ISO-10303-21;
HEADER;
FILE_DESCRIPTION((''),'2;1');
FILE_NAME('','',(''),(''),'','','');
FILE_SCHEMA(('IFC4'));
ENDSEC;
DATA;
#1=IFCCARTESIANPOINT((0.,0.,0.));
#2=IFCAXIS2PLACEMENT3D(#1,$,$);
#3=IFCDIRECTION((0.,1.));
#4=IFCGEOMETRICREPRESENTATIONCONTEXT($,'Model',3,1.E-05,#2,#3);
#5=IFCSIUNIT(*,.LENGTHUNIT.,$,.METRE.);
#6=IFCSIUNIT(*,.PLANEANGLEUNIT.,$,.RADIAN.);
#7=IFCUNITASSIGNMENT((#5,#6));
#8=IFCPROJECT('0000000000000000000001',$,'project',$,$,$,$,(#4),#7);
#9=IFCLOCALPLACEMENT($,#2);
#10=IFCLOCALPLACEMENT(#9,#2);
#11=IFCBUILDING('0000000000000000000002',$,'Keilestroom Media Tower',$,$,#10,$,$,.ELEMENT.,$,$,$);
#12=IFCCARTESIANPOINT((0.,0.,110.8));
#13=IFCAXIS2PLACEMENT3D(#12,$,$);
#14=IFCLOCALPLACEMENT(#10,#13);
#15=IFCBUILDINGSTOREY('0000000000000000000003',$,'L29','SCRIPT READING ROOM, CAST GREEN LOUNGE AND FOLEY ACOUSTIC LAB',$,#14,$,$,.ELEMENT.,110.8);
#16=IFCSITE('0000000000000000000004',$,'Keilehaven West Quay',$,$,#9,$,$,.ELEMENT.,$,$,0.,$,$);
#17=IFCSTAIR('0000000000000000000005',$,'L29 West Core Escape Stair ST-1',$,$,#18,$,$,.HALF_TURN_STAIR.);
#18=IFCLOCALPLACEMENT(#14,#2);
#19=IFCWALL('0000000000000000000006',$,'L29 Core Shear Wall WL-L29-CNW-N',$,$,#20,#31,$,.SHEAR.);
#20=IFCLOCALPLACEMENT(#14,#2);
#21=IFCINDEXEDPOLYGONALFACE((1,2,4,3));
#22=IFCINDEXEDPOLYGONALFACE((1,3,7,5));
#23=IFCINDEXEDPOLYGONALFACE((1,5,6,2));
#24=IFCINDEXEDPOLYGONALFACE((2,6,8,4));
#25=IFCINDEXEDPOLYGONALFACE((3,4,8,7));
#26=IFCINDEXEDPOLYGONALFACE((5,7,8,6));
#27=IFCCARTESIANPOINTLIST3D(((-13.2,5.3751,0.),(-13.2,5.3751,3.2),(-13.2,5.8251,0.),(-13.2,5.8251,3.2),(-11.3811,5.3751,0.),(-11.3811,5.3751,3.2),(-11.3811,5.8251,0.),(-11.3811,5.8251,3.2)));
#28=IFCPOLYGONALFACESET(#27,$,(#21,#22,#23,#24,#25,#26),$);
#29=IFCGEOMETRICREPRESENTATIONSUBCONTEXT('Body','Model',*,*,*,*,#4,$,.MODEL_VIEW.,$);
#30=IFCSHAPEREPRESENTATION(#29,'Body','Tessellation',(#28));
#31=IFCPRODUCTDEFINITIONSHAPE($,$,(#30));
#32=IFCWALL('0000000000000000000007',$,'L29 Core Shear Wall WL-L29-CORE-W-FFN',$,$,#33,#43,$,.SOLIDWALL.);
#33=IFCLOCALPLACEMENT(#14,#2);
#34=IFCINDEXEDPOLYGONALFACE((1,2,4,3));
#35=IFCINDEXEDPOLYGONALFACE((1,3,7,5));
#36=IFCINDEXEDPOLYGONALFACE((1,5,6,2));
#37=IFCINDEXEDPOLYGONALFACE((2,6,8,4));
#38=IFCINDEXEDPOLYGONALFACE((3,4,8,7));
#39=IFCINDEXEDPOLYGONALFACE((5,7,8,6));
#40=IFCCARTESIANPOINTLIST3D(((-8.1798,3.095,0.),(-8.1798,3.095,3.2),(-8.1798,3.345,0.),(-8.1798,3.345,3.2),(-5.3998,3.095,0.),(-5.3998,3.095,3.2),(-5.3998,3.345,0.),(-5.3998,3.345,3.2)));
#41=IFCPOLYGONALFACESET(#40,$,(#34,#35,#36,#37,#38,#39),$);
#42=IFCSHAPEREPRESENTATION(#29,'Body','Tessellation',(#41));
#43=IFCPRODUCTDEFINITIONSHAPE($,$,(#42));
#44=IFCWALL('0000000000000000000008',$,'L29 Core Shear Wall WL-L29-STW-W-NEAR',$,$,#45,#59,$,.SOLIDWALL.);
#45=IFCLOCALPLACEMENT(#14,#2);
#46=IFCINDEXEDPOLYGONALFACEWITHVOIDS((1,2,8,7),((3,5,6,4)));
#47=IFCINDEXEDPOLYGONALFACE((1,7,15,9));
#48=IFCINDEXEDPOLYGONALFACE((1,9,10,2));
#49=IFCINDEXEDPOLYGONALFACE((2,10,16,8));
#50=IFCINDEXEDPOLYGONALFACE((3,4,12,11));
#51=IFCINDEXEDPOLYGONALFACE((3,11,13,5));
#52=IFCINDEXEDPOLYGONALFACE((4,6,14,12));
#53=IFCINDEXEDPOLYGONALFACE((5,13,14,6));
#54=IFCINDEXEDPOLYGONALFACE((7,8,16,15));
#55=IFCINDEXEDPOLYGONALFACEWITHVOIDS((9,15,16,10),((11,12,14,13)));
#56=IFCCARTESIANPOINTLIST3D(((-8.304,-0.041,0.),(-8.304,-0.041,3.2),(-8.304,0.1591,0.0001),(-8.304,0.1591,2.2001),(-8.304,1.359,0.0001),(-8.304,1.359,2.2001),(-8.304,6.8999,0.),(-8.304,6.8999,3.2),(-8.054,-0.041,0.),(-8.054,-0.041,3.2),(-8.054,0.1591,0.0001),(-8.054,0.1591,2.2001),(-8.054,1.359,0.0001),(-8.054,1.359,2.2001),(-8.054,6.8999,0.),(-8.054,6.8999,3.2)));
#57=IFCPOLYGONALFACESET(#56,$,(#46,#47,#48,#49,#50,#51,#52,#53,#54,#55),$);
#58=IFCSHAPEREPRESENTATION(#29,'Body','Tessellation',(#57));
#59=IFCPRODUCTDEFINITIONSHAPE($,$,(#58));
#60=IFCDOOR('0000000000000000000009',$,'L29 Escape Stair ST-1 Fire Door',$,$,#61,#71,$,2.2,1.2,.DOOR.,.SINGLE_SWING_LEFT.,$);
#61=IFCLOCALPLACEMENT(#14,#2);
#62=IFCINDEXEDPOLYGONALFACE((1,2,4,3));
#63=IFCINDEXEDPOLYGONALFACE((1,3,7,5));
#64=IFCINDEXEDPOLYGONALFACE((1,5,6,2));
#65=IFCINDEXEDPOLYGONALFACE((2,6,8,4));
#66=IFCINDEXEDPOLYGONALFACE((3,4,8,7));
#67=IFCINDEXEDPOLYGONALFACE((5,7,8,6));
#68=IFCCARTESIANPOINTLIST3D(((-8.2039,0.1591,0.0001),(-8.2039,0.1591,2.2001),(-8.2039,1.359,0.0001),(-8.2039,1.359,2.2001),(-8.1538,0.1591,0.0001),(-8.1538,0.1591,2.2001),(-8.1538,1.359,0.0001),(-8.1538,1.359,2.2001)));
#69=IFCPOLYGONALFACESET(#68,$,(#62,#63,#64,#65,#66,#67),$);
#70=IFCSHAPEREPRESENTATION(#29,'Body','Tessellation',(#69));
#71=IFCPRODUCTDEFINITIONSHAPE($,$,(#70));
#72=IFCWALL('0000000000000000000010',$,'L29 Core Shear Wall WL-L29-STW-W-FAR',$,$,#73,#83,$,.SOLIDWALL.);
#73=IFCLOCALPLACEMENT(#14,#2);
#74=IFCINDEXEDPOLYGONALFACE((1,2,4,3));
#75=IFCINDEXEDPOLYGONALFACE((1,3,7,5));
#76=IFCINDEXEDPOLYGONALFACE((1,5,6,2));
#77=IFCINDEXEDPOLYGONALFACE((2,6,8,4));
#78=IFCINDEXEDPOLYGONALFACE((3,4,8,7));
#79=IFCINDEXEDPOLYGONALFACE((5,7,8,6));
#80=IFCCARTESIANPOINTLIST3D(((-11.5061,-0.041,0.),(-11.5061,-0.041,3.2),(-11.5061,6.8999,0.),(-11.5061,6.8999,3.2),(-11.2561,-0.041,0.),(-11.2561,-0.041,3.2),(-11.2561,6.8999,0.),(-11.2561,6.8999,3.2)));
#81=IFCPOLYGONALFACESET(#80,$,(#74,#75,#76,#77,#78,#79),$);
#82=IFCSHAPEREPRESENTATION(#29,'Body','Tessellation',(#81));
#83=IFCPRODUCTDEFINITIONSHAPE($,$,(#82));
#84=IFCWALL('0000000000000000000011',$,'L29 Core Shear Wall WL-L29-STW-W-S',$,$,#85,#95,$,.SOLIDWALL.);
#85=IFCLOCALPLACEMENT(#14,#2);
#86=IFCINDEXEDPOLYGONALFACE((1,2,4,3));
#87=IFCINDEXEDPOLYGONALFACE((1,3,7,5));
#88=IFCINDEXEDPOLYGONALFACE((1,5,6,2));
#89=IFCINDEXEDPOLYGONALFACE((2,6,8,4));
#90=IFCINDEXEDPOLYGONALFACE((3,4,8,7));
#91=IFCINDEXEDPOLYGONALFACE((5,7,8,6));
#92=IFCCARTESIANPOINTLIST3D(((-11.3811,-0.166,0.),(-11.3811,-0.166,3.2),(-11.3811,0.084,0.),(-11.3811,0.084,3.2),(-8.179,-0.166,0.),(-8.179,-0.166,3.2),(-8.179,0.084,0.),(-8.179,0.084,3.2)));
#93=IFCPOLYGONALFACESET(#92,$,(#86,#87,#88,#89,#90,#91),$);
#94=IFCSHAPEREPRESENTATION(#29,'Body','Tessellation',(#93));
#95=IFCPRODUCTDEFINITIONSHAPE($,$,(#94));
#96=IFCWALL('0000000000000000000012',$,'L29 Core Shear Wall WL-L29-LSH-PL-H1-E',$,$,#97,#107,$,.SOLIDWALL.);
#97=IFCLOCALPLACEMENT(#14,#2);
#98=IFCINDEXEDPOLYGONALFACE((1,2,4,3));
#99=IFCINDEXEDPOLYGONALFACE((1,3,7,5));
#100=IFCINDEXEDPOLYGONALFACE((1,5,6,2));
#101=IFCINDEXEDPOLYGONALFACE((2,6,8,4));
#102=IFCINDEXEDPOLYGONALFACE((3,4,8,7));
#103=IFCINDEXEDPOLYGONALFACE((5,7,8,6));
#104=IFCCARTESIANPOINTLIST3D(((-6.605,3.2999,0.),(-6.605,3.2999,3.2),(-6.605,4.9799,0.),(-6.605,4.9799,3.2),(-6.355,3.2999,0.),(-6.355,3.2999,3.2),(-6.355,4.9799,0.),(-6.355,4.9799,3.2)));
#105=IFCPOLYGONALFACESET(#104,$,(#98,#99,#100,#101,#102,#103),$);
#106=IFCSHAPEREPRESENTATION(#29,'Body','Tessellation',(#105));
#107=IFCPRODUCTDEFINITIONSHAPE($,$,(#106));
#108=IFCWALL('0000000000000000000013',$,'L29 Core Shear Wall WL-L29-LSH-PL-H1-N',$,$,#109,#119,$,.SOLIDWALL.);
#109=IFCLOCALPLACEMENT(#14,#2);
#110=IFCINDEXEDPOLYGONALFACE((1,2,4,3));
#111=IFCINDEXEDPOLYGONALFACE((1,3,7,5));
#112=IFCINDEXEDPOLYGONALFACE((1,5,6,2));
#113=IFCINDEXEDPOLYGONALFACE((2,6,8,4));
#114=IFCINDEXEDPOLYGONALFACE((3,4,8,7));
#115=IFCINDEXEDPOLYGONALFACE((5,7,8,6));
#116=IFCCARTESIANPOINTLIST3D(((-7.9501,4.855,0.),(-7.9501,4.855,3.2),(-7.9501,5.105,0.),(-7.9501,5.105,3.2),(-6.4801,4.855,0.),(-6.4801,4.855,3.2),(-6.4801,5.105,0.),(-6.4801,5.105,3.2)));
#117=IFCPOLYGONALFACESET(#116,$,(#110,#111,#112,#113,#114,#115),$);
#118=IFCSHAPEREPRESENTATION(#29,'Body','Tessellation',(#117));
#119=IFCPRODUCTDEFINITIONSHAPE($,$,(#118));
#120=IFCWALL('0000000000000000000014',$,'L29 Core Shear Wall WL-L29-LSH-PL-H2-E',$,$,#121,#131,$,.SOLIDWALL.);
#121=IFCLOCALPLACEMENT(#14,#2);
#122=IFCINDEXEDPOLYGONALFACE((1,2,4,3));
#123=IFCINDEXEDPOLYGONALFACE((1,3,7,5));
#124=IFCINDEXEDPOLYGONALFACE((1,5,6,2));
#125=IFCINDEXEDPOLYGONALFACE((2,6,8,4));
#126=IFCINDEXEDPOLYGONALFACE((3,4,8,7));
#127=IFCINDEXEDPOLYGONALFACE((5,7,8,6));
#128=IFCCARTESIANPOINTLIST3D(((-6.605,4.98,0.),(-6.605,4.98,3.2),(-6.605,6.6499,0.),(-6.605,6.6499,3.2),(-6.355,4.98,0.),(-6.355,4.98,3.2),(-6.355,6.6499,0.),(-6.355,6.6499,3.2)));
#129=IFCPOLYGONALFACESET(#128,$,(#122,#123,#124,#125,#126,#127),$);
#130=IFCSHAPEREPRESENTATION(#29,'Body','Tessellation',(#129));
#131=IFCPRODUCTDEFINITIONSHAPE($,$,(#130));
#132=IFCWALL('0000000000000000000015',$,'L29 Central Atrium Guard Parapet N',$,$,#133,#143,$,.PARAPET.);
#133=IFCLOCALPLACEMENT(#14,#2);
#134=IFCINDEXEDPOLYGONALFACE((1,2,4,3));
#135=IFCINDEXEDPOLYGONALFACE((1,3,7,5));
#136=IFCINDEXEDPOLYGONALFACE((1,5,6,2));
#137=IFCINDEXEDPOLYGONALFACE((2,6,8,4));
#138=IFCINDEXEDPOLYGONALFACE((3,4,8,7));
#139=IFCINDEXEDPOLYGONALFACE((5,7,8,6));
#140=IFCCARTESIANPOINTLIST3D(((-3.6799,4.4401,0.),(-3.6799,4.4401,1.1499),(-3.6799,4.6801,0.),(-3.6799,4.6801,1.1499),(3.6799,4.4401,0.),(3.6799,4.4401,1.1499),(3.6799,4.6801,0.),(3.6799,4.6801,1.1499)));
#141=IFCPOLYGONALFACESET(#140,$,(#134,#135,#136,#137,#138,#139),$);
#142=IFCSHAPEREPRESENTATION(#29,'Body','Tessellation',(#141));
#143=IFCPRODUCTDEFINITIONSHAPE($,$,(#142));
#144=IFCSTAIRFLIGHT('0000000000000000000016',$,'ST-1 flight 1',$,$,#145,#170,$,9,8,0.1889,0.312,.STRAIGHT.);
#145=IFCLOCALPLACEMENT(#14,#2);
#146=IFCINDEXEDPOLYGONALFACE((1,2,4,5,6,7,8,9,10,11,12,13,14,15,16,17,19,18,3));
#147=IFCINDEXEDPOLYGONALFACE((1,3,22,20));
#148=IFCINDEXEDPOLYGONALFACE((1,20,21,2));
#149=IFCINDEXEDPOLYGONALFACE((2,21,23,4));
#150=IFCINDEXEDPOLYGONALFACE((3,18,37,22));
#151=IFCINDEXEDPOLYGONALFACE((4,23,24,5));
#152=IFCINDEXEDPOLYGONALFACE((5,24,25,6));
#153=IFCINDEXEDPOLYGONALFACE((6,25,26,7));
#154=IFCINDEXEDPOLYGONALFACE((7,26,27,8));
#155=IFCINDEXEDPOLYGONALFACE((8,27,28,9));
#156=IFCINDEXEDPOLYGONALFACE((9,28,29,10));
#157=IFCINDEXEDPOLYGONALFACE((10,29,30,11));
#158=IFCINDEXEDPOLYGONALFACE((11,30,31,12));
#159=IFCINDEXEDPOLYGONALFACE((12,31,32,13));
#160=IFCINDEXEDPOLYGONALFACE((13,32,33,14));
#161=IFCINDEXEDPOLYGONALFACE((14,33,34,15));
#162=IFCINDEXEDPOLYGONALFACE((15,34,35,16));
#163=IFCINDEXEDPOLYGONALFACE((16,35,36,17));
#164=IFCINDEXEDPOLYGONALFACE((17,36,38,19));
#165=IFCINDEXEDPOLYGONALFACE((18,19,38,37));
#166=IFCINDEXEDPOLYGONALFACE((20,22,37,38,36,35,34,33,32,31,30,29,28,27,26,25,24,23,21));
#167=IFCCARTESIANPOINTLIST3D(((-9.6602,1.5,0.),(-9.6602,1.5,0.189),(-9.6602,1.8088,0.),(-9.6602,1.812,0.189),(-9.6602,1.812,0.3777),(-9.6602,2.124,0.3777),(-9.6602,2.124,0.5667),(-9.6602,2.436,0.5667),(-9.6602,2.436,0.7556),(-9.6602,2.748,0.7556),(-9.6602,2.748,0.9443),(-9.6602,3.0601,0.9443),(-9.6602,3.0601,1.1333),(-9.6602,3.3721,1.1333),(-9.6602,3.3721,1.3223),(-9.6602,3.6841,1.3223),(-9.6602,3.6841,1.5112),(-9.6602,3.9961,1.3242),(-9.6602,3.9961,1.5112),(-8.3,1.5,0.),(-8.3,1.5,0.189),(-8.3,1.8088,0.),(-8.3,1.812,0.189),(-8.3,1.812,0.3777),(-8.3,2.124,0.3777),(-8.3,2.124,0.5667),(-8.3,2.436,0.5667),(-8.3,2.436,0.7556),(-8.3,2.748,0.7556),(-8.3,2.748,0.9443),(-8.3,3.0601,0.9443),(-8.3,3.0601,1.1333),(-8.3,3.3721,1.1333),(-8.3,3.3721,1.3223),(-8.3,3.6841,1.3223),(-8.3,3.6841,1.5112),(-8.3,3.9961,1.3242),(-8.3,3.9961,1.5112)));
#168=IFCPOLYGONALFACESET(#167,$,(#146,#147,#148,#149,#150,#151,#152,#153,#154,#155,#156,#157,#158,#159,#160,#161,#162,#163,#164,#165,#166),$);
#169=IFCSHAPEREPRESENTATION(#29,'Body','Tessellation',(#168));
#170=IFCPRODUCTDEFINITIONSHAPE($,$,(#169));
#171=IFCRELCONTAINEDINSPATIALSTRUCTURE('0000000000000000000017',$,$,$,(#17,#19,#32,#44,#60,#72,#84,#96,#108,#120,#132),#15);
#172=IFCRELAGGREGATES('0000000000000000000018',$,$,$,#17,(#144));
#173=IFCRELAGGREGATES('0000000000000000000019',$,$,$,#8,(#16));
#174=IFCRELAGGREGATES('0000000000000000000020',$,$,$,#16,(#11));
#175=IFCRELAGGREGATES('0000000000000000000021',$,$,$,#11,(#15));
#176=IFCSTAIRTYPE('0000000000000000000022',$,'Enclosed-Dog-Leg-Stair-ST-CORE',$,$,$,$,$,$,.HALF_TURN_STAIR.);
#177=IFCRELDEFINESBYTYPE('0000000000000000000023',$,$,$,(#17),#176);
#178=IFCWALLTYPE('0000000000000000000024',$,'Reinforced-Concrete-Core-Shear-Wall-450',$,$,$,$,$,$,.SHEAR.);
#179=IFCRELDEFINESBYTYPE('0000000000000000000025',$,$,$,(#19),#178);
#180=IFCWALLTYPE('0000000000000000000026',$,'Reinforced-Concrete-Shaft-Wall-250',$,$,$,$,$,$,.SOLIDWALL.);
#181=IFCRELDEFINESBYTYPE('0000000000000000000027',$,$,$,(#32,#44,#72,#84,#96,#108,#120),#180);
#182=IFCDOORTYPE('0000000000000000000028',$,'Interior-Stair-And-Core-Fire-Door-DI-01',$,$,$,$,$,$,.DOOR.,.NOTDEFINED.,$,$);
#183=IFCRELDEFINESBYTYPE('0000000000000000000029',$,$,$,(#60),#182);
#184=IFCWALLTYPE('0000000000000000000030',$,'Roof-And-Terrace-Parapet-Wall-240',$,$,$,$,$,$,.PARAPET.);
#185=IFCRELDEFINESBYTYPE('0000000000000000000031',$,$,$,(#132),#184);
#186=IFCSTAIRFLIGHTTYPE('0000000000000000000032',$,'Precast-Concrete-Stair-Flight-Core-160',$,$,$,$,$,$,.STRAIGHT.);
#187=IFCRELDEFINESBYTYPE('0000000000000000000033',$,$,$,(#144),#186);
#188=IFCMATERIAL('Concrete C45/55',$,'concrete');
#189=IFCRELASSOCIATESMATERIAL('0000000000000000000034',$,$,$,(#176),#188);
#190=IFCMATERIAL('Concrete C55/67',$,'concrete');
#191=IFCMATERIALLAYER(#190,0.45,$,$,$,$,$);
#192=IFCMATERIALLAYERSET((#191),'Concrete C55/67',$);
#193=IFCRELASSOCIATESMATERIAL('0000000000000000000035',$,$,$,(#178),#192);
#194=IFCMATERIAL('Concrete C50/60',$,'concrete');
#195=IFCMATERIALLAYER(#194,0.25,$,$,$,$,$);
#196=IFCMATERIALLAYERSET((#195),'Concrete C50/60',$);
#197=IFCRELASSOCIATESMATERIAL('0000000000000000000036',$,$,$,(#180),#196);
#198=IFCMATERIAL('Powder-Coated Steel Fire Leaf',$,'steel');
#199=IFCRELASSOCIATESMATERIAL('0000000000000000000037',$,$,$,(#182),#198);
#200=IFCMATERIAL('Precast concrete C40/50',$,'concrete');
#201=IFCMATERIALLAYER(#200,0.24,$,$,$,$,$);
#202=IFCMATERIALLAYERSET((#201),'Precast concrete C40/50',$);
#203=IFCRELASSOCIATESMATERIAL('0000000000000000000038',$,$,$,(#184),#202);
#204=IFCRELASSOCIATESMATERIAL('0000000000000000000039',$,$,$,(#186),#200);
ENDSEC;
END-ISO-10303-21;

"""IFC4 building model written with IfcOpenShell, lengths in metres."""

from ifc_helpers import new_model, si_unit, direction, frame, frame_2d, origin, place, context, subcontext, project, spatial, polyline, rectangle, outline, extrude, source, transform, mapped, material, layer, layer_set, type_object, element, fill, aggregate, save


model = new_model("IFC4")

# Units and contexts
model_context = context("Model", 3, precision=1e-05, world=origin(), true_north=direction((0.0, 1.0)))
body_context = subcontext(model_context, "Body", "Model", "MODEL_VIEW")
ifc_project = project(units=[si_unit("LENGTHUNIT", "METRE"), si_unit("PLANEANGLEUNIT", "RADIAN")], contexts=[model_context])

# Site, building, storey
site_placement = place(None, origin())
site = spatial("IfcSite", under=ifc_project, at=site_placement, Name="Keilehaven West Quay", CompositionType="ELEMENT", RefElevation=0.0)
building_placement = place(site_placement, origin())
building = spatial("IfcBuilding", under=site, at=building_placement, Name="Keilestroom Media Tower", CompositionType="ELEMENT")
storey_placement = place(building_placement, frame((0.0, 0.0, 110.8)))
storey = spatial("IfcBuildingStorey", under=building, at=storey_placement, Name="L29", Description="SCRIPT READING ROOM, CAST GREEN LOUNGE AND FOLEY ACOUSTIC LAB", CompositionType="ELEMENT", Elevation=110.8)

# Shared definitions
ifc_material_1 = material(Name="Concrete C50/60", Category="concrete")
ifc_material_2 = material(Name="Concrete C45/55", Category="concrete")

# Stair
stair_type = type_object("IfcStairType", Name="Enclosed-Dog-Leg-Stair-ST-CORE", PredefinedType="HALF_TURN_STAIR", material=ifc_material_2)
stair_1_placement = place(storey_placement, origin())
stair_1 = element("IfcStair", 1, at=stair_1_placement, inside=storey, type_object=stair_type, Name="L29 West Core Escape Stair ST-1", PredefinedType="HALF_TURN_STAIR")

# Walls
ifc_material_3 = material(Name="Concrete C55/67", Category="concrete")
ifc_layer_1 = layer(ifc_material_3, 0.45)
ifc_layer_set_1 = layer_set([ifc_layer_1], Name="Concrete C55/67")
wall_type_1 = type_object("IfcWallType", Name="Reinforced-Concrete-Core-Shear-Wall-450", PredefinedType="SHEAR", material=ifc_layer_set_1)
wall_1_placement = place(storey_placement, frame((-13.2, 5.6001, 0.0), z_axis=(0.0, 0.0, 1.0), x_axis=(1.0, 0.0, 0.0)))
element("IfcWall", 2, at=wall_1_placement, inside=storey, type_object=wall_type_1, Name="L29 Core Shear Wall WL-L29-CNW-N", PredefinedType="SHEAR", context=body_context, shape_type="SweptSolid", body=[
    extrude(rectangle(XDim=1.8188, YDim=0.45, at=frame_2d((0.9094, 0.0))), origin(), (0.0, 0.0, 1.0), 3.2),
])
ifc_layer_2 = layer(ifc_material_1, 0.25)
ifc_layer_set_2 = layer_set([ifc_layer_2], Name="Concrete C50/60")
wall_type_2 = type_object("IfcWallType", Name="Reinforced-Concrete-Shaft-Wall-250", PredefinedType="SOLIDWALL", material=ifc_layer_set_2)
wall_2_placement = place(storey_placement, frame((-8.1799, 3.22, 0.0), z_axis=(0.0, 0.0, 1.0), x_axis=(1.0, 0.0, 0.0)))
element("IfcWall", 3, at=wall_2_placement, inside=storey, type_object=wall_type_2, Name="L29 Core Shear Wall WL-L29-CORE-W-FFN", PredefinedType="SOLIDWALL", context=body_context, shape_type="SweptSolid", body=[
    extrude(rectangle(XDim=2.78, YDim=0.25, at=frame_2d((1.3901, 0.0))), origin(), (0.0, 0.0, 1.0), 3.2),
])

# Wall, opening, door
wall_3_placement = place(storey_placement, frame((-8.179, -0.041, 0.0), z_axis=(0.0, 0.0, 1.0), x_axis=(0.0, 1.0, 0.0)))
wall_3 = element("IfcWall", 4, at=wall_3_placement, inside=storey, type_object=wall_type_2, Name="L29 Core Shear Wall WL-L29-STW-W-NEAR", PredefinedType="SOLIDWALL", context=body_context, shape_type="SweptSolid", body=[
    extrude(rectangle(XDim=6.9409, YDim=0.25, at=frame_2d((3.4705, 0.0))), origin(), (0.0, 0.0, 1.0), 3.2),
])
opening_placement = place(wall_3_placement, frame((0.2, 0.0, 0.0)))
opening = element("IfcOpeningElement", 5, at=opening_placement, cuts=wall_3, PredefinedType="OPENING", context=body_context, shape_type="SweptSolid", body=[
    extrude(rectangle(XDim=1.2, YDim=2.2, at=frame_2d((0.6001, 1.1001))), frame((0.0, 0.135, 0.0), z_axis=(0.0, -1.0, 0.0), x_axis=(1.0, 0.0, 0.0)), (0.0, 0.0, 1.0), 0.27),
])
ifc_material_4 = material(Name="Powder-Coated Steel Fire Leaf", Category="steel")
door_type = type_object("IfcDoorType", Name="Interior-Stair-And-Core-Fire-Door-DI-01", OperationType="NOTDEFINED", PredefinedType="DOOR", material=ifc_material_4)
shared_shape = source(origin(), body_context, "Body", "SweptSolid", [
    extrude(rectangle(XDim=1.2, YDim=2.2, at=frame_2d((0.6001, 1.1001))), frame((0.0, 0.0249, 0.0), z_axis=(0.0, -1.0, 0.0), x_axis=(1.0, 0.0, 0.0)), (0.0, 0.0, 1.0), 0.05),
])
door_placement = place(opening_placement, origin())
door = element("IfcDoor", 6, at=door_placement, inside=storey, type_object=door_type, Name="L29 Escape Stair ST-1 Fire Door", OperationType="SINGLE_SWING_LEFT", OverallHeight=2.2, OverallWidth=1.2, PredefinedType="DOOR", context=body_context, shape_type="MappedRepresentation", body=[
    mapped(shared_shape, transform((0.0, 0.0, 0.0), x_axis=(1.0, 0.0, 0.0), y_axis=(0.0, 1.0, 0.0), z_axis=(0.0, 0.0, 1.0), scale=1.0)),
])
fill(opening, door)

# Walls
wall_4_placement = place(storey_placement, frame((-11.3811, -0.041, 0.0), z_axis=(0.0, 0.0, 1.0), x_axis=(0.0, 1.0, 0.0)))
element("IfcWall", 7, at=wall_4_placement, inside=storey, type_object=wall_type_2, Name="L29 Core Shear Wall WL-L29-STW-W-FAR", PredefinedType="SOLIDWALL", context=body_context, shape_type="SweptSolid", body=[
    extrude(rectangle(XDim=6.9409, YDim=0.25, at=frame_2d((3.4705, 0.0))), origin(), (0.0, 0.0, 1.0), 3.2),
])
wall_5_placement = place(storey_placement, frame((-11.3811, -0.041, 0.0), z_axis=(0.0, 0.0, 1.0), x_axis=(1.0, 0.0, 0.0)))
element("IfcWall", 8, at=wall_5_placement, inside=storey, type_object=wall_type_2, Name="L29 Core Shear Wall WL-L29-STW-W-S", PredefinedType="SOLIDWALL", context=body_context, shape_type="SweptSolid", body=[
    extrude(rectangle(XDim=3.2021, YDim=0.25, at=frame_2d((1.6011, 0.0))), origin(), (0.0, 0.0, 1.0), 3.2),
])
wall_6_placement = place(storey_placement, frame((-6.48, 3.3, 0.0), z_axis=(0.0, 0.0, 1.0), x_axis=(0.0, 1.0, 0.0)))
element("IfcWall", 9, at=wall_6_placement, inside=storey, type_object=wall_type_2, Name="L29 Core Shear Wall WL-L29-LSH-PL-H1-E", PredefinedType="SOLIDWALL", context=body_context, shape_type="SweptSolid", body=[
    extrude(rectangle(XDim=1.6799, YDim=0.25, at=frame_2d((0.8398, 0.0))), origin(), (0.0, 0.0, 1.0), 3.2),
])
wall_7_placement = place(storey_placement, frame((-7.95, 4.98, 0.0), z_axis=(0.0, 0.0, 1.0), x_axis=(1.0, 0.0, 0.0)))
element("IfcWall", 10, at=wall_7_placement, inside=storey, type_object=wall_type_2, Name="L29 Core Shear Wall WL-L29-LSH-PL-H1-N", PredefinedType="SOLIDWALL", context=body_context, shape_type="SweptSolid", body=[
    extrude(rectangle(XDim=1.47, YDim=0.25, at=frame_2d((0.7349, 0.0))), origin(), (0.0, 0.0, 1.0), 3.2),
])
wall_8_placement = place(storey_placement, frame((-6.48, 4.98, 0.0), z_axis=(0.0, 0.0, 1.0), x_axis=(0.0, 1.0, 0.0)))
element("IfcWall", 11, at=wall_8_placement, inside=storey, type_object=wall_type_2, Name="L29 Core Shear Wall WL-L29-LSH-PL-H2-E", PredefinedType="SOLIDWALL", context=body_context, shape_type="SweptSolid", body=[
    extrude(rectangle(XDim=1.6699, YDim=0.25, at=frame_2d((0.835, 0.0))), origin(), (0.0, 0.0, 1.0), 3.2),
])
ifc_material_5 = material(Name="Precast concrete C40/50", Category="concrete")
ifc_layer_3 = layer(ifc_material_5, 0.24)
ifc_layer_set_3 = layer_set([ifc_layer_3], Name="Precast concrete C40/50")
wall_type_3 = type_object("IfcWallType", Name="Roof-And-Terrace-Parapet-Wall-240", PredefinedType="PARAPET", material=ifc_layer_set_3)
wall_9_placement = place(storey_placement, frame((-3.6799, 4.5601, 0.0), z_axis=(0.0, 0.0, 1.0), x_axis=(1.0, 0.0, 0.0)))
element("IfcWall", 12, at=wall_9_placement, inside=storey, type_object=wall_type_3, Name="L29 Central Atrium Guard Parapet N", PredefinedType="PARAPET", context=body_context, shape_type="SweptSolid", body=[
    extrude(rectangle(XDim=7.3599, YDim=0.24, at=frame_2d((3.6799, 0.0))), origin(), (0.0, 0.0, 1.0), 1.1499),
])

# Stair flight
stair_flight_type = type_object("IfcStairFlightType", Name="Precast-Concrete-Stair-Flight-Core-160", PredefinedType="STRAIGHT", material=ifc_material_5)
stair_flight_1_placement = place(storey_placement, frame((-8.98, 1.5, 0.0), z_axis=(0.0, 0.0, 1.0), x_axis=(0.0, 1.0, 0.0)))
stair_flight_1 = element("IfcStairFlight", 13, at=stair_flight_1_placement, type_object=stair_flight_type, Name="ST-1 flight 1", NumberOfRisers=9, NumberOfTreads=8, PredefinedType="STRAIGHT", RiserHeight=0.1889, TreadLength=0.312, context=body_context, shape_type="SweptSolid", body=[
    extrude(outline(polyline([(0.0, 0.0), (0.0, 0.189), (0.312, 0.189), (0.312, 0.3777), (0.624, 0.3777), (0.624, 0.5667), (0.936, 0.5667), (0.936, 0.7556), (1.248, 0.7556), (1.248, 0.9443), (1.5601, 0.9443), (1.5601, 1.1333), (1.8721, 1.1333), (1.8721, 1.3223), (2.1841, 1.3223), (2.1841, 1.5112), (2.4961, 1.5112), (2.4961, 1.7), (2.4961, 1.3242), (0.3088, 0.0), (0.0, 0.0)])), frame((0.0, 0.6802, 0.0), z_axis=(0.0, -1.0, 0.0), x_axis=(1.0, 0.0, 0.0)), (0.0, 0.0, 1.0), 1.3601),
])
aggregate(stair_1, [stair_flight_1])

save(model, "model.ifc")
